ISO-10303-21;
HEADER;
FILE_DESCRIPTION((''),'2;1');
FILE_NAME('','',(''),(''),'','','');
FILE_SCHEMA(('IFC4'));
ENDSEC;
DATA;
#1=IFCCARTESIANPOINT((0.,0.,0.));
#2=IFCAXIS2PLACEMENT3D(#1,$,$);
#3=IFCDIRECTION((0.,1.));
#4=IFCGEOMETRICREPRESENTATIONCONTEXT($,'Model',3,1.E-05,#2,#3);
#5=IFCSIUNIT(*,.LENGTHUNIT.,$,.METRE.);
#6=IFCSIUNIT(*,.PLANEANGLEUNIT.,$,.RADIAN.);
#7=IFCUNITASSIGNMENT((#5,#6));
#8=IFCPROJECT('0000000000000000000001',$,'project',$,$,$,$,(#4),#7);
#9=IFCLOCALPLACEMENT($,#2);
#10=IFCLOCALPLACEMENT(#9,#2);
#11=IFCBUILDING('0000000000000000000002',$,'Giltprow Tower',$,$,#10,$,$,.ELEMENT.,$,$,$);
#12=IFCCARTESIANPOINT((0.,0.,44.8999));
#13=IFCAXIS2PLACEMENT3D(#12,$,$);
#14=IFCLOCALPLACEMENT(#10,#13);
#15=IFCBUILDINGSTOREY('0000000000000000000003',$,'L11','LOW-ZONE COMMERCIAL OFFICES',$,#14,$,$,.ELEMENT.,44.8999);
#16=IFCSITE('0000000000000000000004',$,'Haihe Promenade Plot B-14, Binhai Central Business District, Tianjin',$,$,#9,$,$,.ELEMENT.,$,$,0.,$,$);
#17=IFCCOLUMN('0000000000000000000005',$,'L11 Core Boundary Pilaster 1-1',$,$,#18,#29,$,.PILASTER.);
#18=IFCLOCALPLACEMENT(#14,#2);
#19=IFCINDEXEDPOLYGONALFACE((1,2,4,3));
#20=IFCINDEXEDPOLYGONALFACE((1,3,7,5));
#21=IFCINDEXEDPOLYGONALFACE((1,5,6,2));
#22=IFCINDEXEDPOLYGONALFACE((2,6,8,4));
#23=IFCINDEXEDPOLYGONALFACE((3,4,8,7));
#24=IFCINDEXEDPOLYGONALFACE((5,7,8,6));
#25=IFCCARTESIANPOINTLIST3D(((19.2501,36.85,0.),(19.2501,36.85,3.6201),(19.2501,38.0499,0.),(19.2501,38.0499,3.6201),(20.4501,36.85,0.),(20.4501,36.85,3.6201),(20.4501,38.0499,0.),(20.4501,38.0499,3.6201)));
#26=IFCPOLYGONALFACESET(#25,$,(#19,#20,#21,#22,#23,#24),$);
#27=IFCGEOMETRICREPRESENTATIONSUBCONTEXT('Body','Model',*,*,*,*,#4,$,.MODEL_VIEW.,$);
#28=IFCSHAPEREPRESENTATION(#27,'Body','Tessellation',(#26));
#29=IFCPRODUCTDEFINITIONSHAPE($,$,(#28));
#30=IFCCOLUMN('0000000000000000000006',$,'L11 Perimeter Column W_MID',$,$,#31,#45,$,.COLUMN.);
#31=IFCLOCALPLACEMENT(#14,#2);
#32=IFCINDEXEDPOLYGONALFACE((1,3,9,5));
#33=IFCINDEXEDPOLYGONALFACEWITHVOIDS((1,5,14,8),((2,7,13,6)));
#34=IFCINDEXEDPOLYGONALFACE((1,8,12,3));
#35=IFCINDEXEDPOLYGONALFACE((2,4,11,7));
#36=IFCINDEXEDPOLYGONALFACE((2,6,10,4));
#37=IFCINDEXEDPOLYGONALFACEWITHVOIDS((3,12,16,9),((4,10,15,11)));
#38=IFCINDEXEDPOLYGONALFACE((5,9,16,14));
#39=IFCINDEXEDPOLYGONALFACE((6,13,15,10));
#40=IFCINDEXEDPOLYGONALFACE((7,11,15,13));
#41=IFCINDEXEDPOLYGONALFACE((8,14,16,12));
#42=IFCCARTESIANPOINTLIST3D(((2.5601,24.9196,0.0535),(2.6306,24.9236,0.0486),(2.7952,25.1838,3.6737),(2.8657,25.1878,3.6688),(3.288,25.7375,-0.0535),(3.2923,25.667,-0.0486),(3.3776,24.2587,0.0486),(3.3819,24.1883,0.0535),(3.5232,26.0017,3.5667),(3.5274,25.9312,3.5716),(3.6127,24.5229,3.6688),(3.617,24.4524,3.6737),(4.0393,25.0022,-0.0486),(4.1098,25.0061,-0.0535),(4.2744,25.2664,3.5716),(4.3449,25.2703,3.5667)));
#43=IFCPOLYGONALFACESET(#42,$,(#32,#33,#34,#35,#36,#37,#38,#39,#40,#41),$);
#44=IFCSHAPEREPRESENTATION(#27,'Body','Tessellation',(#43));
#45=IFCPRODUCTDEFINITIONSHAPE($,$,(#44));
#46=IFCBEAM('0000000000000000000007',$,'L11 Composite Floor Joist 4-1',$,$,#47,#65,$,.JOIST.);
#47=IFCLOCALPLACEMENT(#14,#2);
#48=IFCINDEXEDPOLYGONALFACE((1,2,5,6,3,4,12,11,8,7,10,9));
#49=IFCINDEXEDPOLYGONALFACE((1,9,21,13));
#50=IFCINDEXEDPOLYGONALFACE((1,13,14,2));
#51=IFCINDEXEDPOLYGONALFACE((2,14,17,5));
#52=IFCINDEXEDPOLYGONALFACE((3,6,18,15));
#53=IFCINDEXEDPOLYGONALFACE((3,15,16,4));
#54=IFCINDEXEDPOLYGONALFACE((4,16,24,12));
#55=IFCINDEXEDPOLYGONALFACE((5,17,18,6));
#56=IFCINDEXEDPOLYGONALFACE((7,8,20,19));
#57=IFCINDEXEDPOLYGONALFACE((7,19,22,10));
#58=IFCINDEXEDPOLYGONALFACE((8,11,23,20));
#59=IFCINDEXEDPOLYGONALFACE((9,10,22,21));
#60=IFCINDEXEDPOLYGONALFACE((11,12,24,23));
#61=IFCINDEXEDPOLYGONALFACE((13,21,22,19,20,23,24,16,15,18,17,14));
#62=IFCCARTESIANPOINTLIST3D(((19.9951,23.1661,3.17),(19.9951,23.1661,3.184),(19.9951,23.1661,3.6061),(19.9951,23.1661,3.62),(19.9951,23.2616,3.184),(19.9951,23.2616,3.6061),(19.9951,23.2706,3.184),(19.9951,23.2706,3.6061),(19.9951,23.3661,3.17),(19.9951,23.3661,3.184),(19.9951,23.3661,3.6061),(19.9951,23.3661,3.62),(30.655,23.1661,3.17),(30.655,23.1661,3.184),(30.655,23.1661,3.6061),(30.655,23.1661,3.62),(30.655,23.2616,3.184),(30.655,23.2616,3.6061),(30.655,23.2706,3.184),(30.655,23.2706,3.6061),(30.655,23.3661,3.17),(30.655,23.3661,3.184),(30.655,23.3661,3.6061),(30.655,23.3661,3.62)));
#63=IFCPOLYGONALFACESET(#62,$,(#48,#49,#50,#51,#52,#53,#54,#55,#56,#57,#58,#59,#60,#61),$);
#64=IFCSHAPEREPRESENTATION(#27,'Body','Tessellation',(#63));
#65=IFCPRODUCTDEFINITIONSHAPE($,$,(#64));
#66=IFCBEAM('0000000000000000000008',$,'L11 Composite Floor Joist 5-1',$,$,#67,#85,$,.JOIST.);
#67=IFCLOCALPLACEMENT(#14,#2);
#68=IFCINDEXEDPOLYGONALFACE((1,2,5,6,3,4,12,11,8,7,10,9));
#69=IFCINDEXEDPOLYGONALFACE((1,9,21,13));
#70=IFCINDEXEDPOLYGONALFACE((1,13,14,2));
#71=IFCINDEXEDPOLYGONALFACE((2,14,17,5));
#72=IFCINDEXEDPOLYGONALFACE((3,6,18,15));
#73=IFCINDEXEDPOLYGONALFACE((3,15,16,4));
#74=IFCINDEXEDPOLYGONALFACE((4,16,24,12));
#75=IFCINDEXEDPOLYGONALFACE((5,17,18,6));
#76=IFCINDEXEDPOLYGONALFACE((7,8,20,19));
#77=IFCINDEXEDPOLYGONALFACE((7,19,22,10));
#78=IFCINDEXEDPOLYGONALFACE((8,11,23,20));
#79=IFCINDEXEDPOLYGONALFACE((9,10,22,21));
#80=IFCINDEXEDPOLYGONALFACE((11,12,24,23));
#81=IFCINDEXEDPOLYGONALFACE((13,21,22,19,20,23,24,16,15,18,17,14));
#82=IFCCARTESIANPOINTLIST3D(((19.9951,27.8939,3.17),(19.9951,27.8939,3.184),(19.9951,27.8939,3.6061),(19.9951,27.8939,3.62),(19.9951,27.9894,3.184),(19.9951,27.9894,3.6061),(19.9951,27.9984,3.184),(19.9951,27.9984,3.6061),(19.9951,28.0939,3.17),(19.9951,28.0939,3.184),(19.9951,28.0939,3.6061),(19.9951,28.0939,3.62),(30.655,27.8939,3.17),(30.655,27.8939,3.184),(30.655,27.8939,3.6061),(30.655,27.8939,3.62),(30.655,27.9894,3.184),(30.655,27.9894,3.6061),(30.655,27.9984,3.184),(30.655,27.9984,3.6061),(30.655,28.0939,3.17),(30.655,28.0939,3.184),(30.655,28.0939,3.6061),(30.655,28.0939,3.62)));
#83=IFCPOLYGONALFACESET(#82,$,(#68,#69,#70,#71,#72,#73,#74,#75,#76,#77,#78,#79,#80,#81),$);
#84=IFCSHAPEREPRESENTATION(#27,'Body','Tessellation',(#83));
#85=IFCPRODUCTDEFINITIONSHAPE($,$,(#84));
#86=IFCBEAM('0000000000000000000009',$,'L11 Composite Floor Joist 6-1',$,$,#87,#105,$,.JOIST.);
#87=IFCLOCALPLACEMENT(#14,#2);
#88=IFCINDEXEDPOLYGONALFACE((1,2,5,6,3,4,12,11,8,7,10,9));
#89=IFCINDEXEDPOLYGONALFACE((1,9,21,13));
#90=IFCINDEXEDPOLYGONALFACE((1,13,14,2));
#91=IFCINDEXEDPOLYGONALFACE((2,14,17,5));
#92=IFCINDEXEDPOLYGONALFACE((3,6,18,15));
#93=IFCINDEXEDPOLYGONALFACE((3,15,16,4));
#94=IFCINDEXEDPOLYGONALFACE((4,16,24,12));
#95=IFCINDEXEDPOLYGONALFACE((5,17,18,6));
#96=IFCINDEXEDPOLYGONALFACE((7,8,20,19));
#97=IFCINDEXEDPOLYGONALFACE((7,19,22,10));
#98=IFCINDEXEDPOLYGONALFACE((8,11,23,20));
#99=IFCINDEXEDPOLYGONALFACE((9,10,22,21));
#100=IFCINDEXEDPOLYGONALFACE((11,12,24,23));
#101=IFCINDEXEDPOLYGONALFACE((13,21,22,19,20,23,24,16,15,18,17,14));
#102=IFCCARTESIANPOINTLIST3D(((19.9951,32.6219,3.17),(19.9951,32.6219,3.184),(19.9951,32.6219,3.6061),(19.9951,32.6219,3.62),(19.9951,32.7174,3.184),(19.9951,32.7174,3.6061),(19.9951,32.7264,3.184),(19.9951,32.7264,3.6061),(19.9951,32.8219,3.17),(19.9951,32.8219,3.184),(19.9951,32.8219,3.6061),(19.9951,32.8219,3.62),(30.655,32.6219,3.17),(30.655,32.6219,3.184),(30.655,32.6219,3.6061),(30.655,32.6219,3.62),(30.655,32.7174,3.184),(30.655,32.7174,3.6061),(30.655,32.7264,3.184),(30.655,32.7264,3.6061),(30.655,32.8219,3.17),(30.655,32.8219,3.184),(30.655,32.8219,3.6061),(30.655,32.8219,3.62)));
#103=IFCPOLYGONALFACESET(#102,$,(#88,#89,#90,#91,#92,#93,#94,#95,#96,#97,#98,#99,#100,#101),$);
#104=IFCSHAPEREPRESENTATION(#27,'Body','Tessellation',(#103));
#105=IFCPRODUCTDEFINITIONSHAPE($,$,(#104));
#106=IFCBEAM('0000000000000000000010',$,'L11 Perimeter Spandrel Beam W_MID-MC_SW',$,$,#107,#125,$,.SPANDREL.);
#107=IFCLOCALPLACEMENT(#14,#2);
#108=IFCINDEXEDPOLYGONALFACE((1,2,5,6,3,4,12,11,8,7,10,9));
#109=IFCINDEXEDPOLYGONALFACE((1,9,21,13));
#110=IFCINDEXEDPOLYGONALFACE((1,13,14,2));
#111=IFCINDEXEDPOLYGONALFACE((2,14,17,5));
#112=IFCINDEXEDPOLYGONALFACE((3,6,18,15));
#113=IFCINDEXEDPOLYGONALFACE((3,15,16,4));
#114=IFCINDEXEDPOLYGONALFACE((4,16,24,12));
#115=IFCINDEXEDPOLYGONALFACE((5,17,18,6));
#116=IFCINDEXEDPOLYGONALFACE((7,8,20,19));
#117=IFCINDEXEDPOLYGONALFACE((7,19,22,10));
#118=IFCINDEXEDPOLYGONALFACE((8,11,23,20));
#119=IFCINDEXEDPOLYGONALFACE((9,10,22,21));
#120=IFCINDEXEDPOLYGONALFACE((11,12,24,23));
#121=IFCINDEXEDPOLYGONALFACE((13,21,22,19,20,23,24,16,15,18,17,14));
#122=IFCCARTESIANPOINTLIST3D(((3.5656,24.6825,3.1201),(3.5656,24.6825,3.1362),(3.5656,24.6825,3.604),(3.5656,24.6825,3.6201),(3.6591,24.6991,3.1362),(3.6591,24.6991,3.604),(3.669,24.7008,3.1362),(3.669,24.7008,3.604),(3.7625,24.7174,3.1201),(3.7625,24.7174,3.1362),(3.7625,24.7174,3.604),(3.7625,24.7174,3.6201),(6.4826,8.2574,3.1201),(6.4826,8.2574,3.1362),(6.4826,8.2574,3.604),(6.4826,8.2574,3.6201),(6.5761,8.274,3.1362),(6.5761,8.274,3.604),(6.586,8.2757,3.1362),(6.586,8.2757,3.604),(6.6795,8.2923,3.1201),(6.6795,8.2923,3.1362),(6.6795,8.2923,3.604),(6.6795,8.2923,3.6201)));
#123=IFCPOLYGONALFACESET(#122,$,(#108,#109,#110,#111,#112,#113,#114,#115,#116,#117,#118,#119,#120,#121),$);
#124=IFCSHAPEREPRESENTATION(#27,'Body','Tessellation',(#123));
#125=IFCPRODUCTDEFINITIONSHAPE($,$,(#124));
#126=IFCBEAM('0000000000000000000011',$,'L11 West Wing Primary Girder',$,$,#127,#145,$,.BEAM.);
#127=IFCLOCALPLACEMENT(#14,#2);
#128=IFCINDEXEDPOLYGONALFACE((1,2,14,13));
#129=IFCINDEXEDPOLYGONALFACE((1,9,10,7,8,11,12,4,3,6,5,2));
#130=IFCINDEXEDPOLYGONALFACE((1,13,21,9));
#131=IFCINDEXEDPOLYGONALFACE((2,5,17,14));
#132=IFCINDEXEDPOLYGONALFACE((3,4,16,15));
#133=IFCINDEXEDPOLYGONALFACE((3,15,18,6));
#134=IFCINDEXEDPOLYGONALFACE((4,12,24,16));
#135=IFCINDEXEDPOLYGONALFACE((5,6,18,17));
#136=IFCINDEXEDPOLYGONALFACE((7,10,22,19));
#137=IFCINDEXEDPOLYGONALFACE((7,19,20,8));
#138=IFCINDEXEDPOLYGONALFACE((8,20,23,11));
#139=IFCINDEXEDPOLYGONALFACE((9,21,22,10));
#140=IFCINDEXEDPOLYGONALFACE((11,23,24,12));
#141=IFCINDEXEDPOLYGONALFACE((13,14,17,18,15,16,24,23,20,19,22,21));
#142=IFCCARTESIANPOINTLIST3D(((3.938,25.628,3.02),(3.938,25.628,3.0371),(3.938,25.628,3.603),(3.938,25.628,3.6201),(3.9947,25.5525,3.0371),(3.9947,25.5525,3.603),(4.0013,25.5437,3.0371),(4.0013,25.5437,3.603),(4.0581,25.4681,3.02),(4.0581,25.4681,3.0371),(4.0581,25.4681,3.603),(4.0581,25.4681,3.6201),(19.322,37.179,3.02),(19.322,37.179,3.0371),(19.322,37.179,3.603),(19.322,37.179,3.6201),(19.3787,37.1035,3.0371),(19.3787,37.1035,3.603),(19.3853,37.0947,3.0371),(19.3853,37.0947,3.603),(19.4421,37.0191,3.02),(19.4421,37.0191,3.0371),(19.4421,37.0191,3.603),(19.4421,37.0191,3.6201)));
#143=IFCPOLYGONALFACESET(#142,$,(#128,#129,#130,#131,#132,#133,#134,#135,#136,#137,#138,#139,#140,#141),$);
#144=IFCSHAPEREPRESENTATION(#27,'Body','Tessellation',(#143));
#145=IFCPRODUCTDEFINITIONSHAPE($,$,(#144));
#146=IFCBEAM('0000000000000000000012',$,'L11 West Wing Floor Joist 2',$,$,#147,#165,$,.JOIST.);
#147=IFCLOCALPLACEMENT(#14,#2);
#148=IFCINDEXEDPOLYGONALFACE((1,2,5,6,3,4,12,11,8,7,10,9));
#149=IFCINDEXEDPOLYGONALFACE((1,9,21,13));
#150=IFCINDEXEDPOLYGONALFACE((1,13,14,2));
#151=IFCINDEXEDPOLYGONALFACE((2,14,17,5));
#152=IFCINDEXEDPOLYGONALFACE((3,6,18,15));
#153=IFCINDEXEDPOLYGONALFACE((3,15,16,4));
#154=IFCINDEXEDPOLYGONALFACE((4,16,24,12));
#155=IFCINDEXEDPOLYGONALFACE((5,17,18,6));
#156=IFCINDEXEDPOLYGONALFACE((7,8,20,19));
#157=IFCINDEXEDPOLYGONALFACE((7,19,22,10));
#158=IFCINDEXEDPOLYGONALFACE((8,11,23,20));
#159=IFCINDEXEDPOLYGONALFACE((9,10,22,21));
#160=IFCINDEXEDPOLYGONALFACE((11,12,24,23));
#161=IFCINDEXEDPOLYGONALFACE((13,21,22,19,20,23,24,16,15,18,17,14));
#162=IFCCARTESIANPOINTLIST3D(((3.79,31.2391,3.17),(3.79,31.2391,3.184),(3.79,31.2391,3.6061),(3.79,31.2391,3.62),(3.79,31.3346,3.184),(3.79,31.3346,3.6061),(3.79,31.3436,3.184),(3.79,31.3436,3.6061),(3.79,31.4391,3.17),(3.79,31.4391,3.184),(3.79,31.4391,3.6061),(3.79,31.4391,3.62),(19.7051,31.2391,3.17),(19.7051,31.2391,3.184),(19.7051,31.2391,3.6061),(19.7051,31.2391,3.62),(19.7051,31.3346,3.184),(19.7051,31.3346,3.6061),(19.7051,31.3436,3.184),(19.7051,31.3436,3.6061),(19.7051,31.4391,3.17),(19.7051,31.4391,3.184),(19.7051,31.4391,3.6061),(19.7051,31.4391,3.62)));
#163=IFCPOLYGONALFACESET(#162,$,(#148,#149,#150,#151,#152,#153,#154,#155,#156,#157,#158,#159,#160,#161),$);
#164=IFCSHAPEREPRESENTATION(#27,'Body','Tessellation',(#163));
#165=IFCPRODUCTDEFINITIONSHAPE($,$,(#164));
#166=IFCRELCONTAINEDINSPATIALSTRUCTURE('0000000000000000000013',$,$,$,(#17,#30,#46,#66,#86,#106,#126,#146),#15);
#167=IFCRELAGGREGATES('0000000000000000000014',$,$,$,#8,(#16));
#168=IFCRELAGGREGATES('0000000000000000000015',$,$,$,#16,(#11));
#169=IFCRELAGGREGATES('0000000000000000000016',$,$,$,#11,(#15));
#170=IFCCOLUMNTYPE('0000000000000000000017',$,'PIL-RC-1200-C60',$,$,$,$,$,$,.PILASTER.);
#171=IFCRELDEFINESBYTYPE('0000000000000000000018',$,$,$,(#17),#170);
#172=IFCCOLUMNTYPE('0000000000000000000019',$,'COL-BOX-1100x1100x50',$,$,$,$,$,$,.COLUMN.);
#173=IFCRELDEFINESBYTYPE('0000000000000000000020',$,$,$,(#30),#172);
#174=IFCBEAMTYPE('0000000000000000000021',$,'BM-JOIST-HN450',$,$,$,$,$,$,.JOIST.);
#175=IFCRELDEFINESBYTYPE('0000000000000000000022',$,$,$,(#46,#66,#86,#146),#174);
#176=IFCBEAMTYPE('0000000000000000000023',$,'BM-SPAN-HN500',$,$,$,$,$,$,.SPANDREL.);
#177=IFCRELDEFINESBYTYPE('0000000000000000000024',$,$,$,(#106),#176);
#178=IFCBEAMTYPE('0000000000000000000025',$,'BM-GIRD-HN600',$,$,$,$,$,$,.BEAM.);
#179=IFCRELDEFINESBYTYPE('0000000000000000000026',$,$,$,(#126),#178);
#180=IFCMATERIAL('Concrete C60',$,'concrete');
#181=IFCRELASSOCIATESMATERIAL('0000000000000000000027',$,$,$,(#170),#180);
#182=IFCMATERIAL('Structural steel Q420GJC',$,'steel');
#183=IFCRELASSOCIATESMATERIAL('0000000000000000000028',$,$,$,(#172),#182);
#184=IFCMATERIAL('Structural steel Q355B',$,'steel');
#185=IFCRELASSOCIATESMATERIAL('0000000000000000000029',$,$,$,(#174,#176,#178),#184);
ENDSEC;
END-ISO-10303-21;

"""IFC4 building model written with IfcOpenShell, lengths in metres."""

from ifc_helpers import new_model, si_unit, direction, frame, origin, origin_2d, place, context, subcontext, project, spatial, rectangle, hollow_rectangle, i_section, extrude, source, transform, mapped, material, material_profile, profile_set, type_object, element, save


model = new_model("IFC4")

# Units and contexts
model_context = context("Model", 3, precision=1e-05, world=origin(), true_north=direction((0.0, 1.0)))
body_context = subcontext(model_context, "Body", "Model", "MODEL_VIEW")
ifc_project = project(units=[si_unit("LENGTHUNIT", "METRE"), si_unit("PLANEANGLEUNIT", "RADIAN")], contexts=[model_context])

# Site, building, storey
site_placement = place(None, origin())
site = spatial("IfcSite", under=ifc_project, at=site_placement, Name="Haihe Promenade Plot B-14, Binhai Central Business District, Tianjin", CompositionType="ELEMENT", RefElevation=0.0)
building_placement = place(site_placement, origin())
building = spatial("IfcBuilding", under=site, at=building_placement, Name="Giltprow Tower", CompositionType="ELEMENT")
storey_placement = place(building_placement, frame((0.0, 0.0, 44.8999)))
storey = spatial("IfcBuildingStorey", under=building, at=storey_placement, Name="L11", Description="LOW-ZONE COMMERCIAL OFFICES", CompositionType="ELEMENT", Elevation=44.8999)

# Columns
ifc_material_1 = material(Name="Concrete C60", Category="concrete")
ifc_material_profile_1 = material_profile(ifc_material_1, rectangle(XDim=1.2, YDim=1.2, at=origin_2d()), Name="RC 1200x1200")
ifc_profile_set_1 = profile_set([ifc_material_profile_1], Name="Concrete C60")
column_type_1 = type_object("IfcColumnType", Name="PIL-RC-1200-C60", PredefinedType="PILASTER", material=ifc_profile_set_1)
shared_shape_1 = source(origin(), body_context, "Body", "SweptSolid", [
    extrude(rectangle(XDim=1.2, YDim=1.2, at=origin_2d()), origin(), (0.0, 0.0, 1.0), 3.6201),
])
column_1_placement = place(storey_placement, frame((19.8501, 37.45, 0.0), z_axis=(0.0, 0.0, 1.0), x_axis=(1.0, 0.0, 0.0)))
element("IfcColumn", 1, at=column_1_placement, inside=storey, type_object=column_type_1, Name="L11 Core Boundary Pilaster 1-1", PredefinedType="PILASTER", context=body_context, shape_type="MappedRepresentation", body=[
    mapped(shared_shape_1, transform((0.0, 0.0, 0.0), x_axis=(1.0, 0.0, 0.0), y_axis=(0.0, 1.0, 0.0), z_axis=(0.0, 0.0, 1.0), scale=1.0)),
])
ifc_material_2 = material(Name="Structural steel Q420GJC", Category="steel")
ifc_material_profile_2 = material_profile(ifc_material_2, hollow_rectangle(XDim=1.1001, YDim=1.1001, WallThickness=0.05, at=origin_2d()), Name="BOX 1100x1100x50")
ifc_profile_set_2 = profile_set([ifc_material_profile_2], Name="Structural steel Q420GJC")
column_type_2 = type_object("IfcColumnType", Name="COL-BOX-1100x1100x50", PredefinedType="COLUMN", material=ifc_profile_set_2)
shared_shape_2 = source(origin(), body_context, "Body", "SweptSolid", [
    extrude(hollow_rectangle(XDim=1.1001, YDim=1.1001, WallThickness=0.05, at=origin_2d()), origin(), (0.0, 0.0, 1.0), 3.6375),
])
column_2_placement = place(storey_placement, frame((3.335, 24.9629, 0.0), z_axis=(0.064637, 0.072624, 0.995263), x_axis=(-0.74699, 0.664835, 0.0)))
element("IfcColumn", 2, at=column_2_placement, inside=storey, type_object=column_type_2, Name="L11 Perimeter Column W_MID", PredefinedType="COLUMN", context=body_context, shape_type="MappedRepresentation", body=[
    mapped(shared_shape_2, transform((0.0, 0.0, 0.0), x_axis=(1.0, 0.0, 0.0), y_axis=(0.0, 1.0, 0.0), z_axis=(0.0, 0.0, 1.0), scale=1.0)),
])

# Beams
ifc_material_3 = material(Name="Structural steel Q355B", Category="steel")
ifc_material_profile_3 = material_profile(ifc_material_3, i_section(OverallWidth=0.2, OverallDepth=0.45, WebThickness=0.009, FlangeThickness=0.0139, at=origin_2d()), Name="HN 450x200x9x14")
ifc_profile_set_3 = profile_set([ifc_material_profile_3], Name="Structural steel Q355B")
beam_type_1 = type_object("IfcBeamType", Name="BM-JOIST-HN450", PredefinedType="JOIST", material=ifc_profile_set_3)
shared_shape_3 = source(origin(), body_context, "Body", "SweptSolid", [
    extrude(i_section(OverallWidth=0.2, OverallDepth=0.45, WebThickness=0.009, FlangeThickness=0.0139, at=origin_2d()), origin(), (0.0, 0.0, 1.0), 10.6599),
])
for number, where, z_axis, x_axis, name in (
    (3, (19.9951, 23.2661, 3.395), (1.0, 0.0, 0.0), (0.0, 1.0, 0.0), "L11 Composite Floor Joist 4-1"),
    (4, (19.9951, 27.9939, 3.395), (1.0, 0.0, 0.0), (0.0, 1.0, 0.0), "L11 Composite Floor Joist 5-1"),
    (5, (19.9951, 32.7219, 3.395), (1.0, 0.0, 0.0), (0.0, 1.0, 0.0), "L11 Composite Floor Joist 6-1"),
):
    element("IfcBeam", number, at=place(storey_placement, frame(where, z_axis=z_axis, x_axis=x_axis)), inside=storey, type_object=beam_type_1, Name=name, PredefinedType="JOIST", context=body_context, shape_type="MappedRepresentation", body=[
        mapped(shared_shape_3, transform((0.0, 0.0, 0.0), x_axis=(1.0, 0.0, 0.0), y_axis=(0.0, 1.0, 0.0), z_axis=(0.0, 0.0, 1.0), scale=1.0)),
    ])
ifc_material_profile_4 = material_profile(ifc_material_3, i_section(OverallWidth=0.2, OverallDepth=0.5, WebThickness=0.01, FlangeThickness=0.0161, at=origin_2d()), Name="HN 500x200x10x16")
ifc_profile_set_4 = profile_set([ifc_material_profile_4], Name="Structural steel Q355B")
beam_type_2 = type_object("IfcBeamType", Name="BM-SPAN-HN500", PredefinedType="SPANDREL", material=ifc_profile_set_4)
shared_shape_4 = source(origin(), body_context, "Body", "SweptSolid", [
    extrude(i_section(OverallWidth=0.2, OverallDepth=0.5, WebThickness=0.01, FlangeThickness=0.0161, at=origin_2d()), origin(), (0.0, 0.0, 1.0), 16.6821),
])
beam_1_placement = place(storey_placement, frame((3.6641, 24.7, 3.3701), z_axis=(0.174858, -0.984594, 0.0), x_axis=(0.984594, 0.174858, 0.0)))
element("IfcBeam", 6, at=beam_1_placement, inside=storey, type_object=beam_type_2, Name="L11 Perimeter Spandrel Beam W_MID-MC_SW", PredefinedType="SPANDREL", context=body_context, shape_type="MappedRepresentation", body=[
    mapped(shared_shape_4, transform((0.0, 0.0, 0.0), x_axis=(1.0, 0.0, 0.0), y_axis=(0.0, 1.0, 0.0), z_axis=(0.0, 0.0, 1.0), scale=1.0)),
])
ifc_material_profile_5 = material_profile(ifc_material_3, i_section(OverallWidth=0.2, OverallDepth=0.6001, WebThickness=0.011, FlangeThickness=0.0171, at=origin_2d()), Name="HN 600x200x11x17")
ifc_profile_set_5 = profile_set([ifc_material_profile_5], Name="Structural steel Q355B")
beam_type_3 = type_object("IfcBeamType", Name="BM-GIRD-HN600", PredefinedType="BEAM", material=ifc_profile_set_5)
shared_shape_5 = source(origin(), body_context, "Body", "SweptSolid", [
    extrude(i_section(OverallWidth=0.2, OverallDepth=0.6001, WebThickness=0.011, FlangeThickness=0.0171, at=origin_2d()), origin(), (0.0, 0.0, 1.0), 19.2378),
])
beam_2_placement = place(storey_placement, frame((3.998, 25.5481, 3.3201), z_axis=(0.799676, 0.600432, 0.0), x_axis=(-0.600432, 0.799676, 0.0)))
element("IfcBeam", 7, at=beam_2_placement, inside=storey, type_object=beam_type_3, Name="L11 West Wing Primary Girder", PredefinedType="BEAM", context=body_context, shape_type="MappedRepresentation", body=[
    mapped(shared_shape_5, transform((0.0, 0.0, 0.0), x_axis=(1.0, 0.0, 0.0), y_axis=(0.0, 1.0, 0.0), z_axis=(0.0, 0.0, 1.0), scale=1.0)),
])
shared_shape_6 = source(origin(), body_context, "Body", "SweptSolid", [
    extrude(i_section(OverallWidth=0.2, OverallDepth=0.45, WebThickness=0.009, FlangeThickness=0.0139, at=origin_2d()), origin(), (0.0, 0.0, 1.0), 15.915),
])
beam_3_placement = place(storey_placement, frame((3.79, 31.3391, 3.395), z_axis=(1.0, 0.0, 0.0), x_axis=(0.0, 1.0, 0.0)))
element("IfcBeam", 8, at=beam_3_placement, inside=storey, type_object=beam_type_1, Name="L11 West Wing Floor Joist 2", PredefinedType="JOIST", context=body_context, shape_type="MappedRepresentation", body=[
    mapped(shared_shape_6, transform((0.0, 0.0, 0.0), x_axis=(1.0, 0.0, 0.0), y_axis=(0.0, 1.0, 0.0), z_axis=(0.0, 0.0, 1.0), scale=1.0)),
])

save(model, "model.ifc")
